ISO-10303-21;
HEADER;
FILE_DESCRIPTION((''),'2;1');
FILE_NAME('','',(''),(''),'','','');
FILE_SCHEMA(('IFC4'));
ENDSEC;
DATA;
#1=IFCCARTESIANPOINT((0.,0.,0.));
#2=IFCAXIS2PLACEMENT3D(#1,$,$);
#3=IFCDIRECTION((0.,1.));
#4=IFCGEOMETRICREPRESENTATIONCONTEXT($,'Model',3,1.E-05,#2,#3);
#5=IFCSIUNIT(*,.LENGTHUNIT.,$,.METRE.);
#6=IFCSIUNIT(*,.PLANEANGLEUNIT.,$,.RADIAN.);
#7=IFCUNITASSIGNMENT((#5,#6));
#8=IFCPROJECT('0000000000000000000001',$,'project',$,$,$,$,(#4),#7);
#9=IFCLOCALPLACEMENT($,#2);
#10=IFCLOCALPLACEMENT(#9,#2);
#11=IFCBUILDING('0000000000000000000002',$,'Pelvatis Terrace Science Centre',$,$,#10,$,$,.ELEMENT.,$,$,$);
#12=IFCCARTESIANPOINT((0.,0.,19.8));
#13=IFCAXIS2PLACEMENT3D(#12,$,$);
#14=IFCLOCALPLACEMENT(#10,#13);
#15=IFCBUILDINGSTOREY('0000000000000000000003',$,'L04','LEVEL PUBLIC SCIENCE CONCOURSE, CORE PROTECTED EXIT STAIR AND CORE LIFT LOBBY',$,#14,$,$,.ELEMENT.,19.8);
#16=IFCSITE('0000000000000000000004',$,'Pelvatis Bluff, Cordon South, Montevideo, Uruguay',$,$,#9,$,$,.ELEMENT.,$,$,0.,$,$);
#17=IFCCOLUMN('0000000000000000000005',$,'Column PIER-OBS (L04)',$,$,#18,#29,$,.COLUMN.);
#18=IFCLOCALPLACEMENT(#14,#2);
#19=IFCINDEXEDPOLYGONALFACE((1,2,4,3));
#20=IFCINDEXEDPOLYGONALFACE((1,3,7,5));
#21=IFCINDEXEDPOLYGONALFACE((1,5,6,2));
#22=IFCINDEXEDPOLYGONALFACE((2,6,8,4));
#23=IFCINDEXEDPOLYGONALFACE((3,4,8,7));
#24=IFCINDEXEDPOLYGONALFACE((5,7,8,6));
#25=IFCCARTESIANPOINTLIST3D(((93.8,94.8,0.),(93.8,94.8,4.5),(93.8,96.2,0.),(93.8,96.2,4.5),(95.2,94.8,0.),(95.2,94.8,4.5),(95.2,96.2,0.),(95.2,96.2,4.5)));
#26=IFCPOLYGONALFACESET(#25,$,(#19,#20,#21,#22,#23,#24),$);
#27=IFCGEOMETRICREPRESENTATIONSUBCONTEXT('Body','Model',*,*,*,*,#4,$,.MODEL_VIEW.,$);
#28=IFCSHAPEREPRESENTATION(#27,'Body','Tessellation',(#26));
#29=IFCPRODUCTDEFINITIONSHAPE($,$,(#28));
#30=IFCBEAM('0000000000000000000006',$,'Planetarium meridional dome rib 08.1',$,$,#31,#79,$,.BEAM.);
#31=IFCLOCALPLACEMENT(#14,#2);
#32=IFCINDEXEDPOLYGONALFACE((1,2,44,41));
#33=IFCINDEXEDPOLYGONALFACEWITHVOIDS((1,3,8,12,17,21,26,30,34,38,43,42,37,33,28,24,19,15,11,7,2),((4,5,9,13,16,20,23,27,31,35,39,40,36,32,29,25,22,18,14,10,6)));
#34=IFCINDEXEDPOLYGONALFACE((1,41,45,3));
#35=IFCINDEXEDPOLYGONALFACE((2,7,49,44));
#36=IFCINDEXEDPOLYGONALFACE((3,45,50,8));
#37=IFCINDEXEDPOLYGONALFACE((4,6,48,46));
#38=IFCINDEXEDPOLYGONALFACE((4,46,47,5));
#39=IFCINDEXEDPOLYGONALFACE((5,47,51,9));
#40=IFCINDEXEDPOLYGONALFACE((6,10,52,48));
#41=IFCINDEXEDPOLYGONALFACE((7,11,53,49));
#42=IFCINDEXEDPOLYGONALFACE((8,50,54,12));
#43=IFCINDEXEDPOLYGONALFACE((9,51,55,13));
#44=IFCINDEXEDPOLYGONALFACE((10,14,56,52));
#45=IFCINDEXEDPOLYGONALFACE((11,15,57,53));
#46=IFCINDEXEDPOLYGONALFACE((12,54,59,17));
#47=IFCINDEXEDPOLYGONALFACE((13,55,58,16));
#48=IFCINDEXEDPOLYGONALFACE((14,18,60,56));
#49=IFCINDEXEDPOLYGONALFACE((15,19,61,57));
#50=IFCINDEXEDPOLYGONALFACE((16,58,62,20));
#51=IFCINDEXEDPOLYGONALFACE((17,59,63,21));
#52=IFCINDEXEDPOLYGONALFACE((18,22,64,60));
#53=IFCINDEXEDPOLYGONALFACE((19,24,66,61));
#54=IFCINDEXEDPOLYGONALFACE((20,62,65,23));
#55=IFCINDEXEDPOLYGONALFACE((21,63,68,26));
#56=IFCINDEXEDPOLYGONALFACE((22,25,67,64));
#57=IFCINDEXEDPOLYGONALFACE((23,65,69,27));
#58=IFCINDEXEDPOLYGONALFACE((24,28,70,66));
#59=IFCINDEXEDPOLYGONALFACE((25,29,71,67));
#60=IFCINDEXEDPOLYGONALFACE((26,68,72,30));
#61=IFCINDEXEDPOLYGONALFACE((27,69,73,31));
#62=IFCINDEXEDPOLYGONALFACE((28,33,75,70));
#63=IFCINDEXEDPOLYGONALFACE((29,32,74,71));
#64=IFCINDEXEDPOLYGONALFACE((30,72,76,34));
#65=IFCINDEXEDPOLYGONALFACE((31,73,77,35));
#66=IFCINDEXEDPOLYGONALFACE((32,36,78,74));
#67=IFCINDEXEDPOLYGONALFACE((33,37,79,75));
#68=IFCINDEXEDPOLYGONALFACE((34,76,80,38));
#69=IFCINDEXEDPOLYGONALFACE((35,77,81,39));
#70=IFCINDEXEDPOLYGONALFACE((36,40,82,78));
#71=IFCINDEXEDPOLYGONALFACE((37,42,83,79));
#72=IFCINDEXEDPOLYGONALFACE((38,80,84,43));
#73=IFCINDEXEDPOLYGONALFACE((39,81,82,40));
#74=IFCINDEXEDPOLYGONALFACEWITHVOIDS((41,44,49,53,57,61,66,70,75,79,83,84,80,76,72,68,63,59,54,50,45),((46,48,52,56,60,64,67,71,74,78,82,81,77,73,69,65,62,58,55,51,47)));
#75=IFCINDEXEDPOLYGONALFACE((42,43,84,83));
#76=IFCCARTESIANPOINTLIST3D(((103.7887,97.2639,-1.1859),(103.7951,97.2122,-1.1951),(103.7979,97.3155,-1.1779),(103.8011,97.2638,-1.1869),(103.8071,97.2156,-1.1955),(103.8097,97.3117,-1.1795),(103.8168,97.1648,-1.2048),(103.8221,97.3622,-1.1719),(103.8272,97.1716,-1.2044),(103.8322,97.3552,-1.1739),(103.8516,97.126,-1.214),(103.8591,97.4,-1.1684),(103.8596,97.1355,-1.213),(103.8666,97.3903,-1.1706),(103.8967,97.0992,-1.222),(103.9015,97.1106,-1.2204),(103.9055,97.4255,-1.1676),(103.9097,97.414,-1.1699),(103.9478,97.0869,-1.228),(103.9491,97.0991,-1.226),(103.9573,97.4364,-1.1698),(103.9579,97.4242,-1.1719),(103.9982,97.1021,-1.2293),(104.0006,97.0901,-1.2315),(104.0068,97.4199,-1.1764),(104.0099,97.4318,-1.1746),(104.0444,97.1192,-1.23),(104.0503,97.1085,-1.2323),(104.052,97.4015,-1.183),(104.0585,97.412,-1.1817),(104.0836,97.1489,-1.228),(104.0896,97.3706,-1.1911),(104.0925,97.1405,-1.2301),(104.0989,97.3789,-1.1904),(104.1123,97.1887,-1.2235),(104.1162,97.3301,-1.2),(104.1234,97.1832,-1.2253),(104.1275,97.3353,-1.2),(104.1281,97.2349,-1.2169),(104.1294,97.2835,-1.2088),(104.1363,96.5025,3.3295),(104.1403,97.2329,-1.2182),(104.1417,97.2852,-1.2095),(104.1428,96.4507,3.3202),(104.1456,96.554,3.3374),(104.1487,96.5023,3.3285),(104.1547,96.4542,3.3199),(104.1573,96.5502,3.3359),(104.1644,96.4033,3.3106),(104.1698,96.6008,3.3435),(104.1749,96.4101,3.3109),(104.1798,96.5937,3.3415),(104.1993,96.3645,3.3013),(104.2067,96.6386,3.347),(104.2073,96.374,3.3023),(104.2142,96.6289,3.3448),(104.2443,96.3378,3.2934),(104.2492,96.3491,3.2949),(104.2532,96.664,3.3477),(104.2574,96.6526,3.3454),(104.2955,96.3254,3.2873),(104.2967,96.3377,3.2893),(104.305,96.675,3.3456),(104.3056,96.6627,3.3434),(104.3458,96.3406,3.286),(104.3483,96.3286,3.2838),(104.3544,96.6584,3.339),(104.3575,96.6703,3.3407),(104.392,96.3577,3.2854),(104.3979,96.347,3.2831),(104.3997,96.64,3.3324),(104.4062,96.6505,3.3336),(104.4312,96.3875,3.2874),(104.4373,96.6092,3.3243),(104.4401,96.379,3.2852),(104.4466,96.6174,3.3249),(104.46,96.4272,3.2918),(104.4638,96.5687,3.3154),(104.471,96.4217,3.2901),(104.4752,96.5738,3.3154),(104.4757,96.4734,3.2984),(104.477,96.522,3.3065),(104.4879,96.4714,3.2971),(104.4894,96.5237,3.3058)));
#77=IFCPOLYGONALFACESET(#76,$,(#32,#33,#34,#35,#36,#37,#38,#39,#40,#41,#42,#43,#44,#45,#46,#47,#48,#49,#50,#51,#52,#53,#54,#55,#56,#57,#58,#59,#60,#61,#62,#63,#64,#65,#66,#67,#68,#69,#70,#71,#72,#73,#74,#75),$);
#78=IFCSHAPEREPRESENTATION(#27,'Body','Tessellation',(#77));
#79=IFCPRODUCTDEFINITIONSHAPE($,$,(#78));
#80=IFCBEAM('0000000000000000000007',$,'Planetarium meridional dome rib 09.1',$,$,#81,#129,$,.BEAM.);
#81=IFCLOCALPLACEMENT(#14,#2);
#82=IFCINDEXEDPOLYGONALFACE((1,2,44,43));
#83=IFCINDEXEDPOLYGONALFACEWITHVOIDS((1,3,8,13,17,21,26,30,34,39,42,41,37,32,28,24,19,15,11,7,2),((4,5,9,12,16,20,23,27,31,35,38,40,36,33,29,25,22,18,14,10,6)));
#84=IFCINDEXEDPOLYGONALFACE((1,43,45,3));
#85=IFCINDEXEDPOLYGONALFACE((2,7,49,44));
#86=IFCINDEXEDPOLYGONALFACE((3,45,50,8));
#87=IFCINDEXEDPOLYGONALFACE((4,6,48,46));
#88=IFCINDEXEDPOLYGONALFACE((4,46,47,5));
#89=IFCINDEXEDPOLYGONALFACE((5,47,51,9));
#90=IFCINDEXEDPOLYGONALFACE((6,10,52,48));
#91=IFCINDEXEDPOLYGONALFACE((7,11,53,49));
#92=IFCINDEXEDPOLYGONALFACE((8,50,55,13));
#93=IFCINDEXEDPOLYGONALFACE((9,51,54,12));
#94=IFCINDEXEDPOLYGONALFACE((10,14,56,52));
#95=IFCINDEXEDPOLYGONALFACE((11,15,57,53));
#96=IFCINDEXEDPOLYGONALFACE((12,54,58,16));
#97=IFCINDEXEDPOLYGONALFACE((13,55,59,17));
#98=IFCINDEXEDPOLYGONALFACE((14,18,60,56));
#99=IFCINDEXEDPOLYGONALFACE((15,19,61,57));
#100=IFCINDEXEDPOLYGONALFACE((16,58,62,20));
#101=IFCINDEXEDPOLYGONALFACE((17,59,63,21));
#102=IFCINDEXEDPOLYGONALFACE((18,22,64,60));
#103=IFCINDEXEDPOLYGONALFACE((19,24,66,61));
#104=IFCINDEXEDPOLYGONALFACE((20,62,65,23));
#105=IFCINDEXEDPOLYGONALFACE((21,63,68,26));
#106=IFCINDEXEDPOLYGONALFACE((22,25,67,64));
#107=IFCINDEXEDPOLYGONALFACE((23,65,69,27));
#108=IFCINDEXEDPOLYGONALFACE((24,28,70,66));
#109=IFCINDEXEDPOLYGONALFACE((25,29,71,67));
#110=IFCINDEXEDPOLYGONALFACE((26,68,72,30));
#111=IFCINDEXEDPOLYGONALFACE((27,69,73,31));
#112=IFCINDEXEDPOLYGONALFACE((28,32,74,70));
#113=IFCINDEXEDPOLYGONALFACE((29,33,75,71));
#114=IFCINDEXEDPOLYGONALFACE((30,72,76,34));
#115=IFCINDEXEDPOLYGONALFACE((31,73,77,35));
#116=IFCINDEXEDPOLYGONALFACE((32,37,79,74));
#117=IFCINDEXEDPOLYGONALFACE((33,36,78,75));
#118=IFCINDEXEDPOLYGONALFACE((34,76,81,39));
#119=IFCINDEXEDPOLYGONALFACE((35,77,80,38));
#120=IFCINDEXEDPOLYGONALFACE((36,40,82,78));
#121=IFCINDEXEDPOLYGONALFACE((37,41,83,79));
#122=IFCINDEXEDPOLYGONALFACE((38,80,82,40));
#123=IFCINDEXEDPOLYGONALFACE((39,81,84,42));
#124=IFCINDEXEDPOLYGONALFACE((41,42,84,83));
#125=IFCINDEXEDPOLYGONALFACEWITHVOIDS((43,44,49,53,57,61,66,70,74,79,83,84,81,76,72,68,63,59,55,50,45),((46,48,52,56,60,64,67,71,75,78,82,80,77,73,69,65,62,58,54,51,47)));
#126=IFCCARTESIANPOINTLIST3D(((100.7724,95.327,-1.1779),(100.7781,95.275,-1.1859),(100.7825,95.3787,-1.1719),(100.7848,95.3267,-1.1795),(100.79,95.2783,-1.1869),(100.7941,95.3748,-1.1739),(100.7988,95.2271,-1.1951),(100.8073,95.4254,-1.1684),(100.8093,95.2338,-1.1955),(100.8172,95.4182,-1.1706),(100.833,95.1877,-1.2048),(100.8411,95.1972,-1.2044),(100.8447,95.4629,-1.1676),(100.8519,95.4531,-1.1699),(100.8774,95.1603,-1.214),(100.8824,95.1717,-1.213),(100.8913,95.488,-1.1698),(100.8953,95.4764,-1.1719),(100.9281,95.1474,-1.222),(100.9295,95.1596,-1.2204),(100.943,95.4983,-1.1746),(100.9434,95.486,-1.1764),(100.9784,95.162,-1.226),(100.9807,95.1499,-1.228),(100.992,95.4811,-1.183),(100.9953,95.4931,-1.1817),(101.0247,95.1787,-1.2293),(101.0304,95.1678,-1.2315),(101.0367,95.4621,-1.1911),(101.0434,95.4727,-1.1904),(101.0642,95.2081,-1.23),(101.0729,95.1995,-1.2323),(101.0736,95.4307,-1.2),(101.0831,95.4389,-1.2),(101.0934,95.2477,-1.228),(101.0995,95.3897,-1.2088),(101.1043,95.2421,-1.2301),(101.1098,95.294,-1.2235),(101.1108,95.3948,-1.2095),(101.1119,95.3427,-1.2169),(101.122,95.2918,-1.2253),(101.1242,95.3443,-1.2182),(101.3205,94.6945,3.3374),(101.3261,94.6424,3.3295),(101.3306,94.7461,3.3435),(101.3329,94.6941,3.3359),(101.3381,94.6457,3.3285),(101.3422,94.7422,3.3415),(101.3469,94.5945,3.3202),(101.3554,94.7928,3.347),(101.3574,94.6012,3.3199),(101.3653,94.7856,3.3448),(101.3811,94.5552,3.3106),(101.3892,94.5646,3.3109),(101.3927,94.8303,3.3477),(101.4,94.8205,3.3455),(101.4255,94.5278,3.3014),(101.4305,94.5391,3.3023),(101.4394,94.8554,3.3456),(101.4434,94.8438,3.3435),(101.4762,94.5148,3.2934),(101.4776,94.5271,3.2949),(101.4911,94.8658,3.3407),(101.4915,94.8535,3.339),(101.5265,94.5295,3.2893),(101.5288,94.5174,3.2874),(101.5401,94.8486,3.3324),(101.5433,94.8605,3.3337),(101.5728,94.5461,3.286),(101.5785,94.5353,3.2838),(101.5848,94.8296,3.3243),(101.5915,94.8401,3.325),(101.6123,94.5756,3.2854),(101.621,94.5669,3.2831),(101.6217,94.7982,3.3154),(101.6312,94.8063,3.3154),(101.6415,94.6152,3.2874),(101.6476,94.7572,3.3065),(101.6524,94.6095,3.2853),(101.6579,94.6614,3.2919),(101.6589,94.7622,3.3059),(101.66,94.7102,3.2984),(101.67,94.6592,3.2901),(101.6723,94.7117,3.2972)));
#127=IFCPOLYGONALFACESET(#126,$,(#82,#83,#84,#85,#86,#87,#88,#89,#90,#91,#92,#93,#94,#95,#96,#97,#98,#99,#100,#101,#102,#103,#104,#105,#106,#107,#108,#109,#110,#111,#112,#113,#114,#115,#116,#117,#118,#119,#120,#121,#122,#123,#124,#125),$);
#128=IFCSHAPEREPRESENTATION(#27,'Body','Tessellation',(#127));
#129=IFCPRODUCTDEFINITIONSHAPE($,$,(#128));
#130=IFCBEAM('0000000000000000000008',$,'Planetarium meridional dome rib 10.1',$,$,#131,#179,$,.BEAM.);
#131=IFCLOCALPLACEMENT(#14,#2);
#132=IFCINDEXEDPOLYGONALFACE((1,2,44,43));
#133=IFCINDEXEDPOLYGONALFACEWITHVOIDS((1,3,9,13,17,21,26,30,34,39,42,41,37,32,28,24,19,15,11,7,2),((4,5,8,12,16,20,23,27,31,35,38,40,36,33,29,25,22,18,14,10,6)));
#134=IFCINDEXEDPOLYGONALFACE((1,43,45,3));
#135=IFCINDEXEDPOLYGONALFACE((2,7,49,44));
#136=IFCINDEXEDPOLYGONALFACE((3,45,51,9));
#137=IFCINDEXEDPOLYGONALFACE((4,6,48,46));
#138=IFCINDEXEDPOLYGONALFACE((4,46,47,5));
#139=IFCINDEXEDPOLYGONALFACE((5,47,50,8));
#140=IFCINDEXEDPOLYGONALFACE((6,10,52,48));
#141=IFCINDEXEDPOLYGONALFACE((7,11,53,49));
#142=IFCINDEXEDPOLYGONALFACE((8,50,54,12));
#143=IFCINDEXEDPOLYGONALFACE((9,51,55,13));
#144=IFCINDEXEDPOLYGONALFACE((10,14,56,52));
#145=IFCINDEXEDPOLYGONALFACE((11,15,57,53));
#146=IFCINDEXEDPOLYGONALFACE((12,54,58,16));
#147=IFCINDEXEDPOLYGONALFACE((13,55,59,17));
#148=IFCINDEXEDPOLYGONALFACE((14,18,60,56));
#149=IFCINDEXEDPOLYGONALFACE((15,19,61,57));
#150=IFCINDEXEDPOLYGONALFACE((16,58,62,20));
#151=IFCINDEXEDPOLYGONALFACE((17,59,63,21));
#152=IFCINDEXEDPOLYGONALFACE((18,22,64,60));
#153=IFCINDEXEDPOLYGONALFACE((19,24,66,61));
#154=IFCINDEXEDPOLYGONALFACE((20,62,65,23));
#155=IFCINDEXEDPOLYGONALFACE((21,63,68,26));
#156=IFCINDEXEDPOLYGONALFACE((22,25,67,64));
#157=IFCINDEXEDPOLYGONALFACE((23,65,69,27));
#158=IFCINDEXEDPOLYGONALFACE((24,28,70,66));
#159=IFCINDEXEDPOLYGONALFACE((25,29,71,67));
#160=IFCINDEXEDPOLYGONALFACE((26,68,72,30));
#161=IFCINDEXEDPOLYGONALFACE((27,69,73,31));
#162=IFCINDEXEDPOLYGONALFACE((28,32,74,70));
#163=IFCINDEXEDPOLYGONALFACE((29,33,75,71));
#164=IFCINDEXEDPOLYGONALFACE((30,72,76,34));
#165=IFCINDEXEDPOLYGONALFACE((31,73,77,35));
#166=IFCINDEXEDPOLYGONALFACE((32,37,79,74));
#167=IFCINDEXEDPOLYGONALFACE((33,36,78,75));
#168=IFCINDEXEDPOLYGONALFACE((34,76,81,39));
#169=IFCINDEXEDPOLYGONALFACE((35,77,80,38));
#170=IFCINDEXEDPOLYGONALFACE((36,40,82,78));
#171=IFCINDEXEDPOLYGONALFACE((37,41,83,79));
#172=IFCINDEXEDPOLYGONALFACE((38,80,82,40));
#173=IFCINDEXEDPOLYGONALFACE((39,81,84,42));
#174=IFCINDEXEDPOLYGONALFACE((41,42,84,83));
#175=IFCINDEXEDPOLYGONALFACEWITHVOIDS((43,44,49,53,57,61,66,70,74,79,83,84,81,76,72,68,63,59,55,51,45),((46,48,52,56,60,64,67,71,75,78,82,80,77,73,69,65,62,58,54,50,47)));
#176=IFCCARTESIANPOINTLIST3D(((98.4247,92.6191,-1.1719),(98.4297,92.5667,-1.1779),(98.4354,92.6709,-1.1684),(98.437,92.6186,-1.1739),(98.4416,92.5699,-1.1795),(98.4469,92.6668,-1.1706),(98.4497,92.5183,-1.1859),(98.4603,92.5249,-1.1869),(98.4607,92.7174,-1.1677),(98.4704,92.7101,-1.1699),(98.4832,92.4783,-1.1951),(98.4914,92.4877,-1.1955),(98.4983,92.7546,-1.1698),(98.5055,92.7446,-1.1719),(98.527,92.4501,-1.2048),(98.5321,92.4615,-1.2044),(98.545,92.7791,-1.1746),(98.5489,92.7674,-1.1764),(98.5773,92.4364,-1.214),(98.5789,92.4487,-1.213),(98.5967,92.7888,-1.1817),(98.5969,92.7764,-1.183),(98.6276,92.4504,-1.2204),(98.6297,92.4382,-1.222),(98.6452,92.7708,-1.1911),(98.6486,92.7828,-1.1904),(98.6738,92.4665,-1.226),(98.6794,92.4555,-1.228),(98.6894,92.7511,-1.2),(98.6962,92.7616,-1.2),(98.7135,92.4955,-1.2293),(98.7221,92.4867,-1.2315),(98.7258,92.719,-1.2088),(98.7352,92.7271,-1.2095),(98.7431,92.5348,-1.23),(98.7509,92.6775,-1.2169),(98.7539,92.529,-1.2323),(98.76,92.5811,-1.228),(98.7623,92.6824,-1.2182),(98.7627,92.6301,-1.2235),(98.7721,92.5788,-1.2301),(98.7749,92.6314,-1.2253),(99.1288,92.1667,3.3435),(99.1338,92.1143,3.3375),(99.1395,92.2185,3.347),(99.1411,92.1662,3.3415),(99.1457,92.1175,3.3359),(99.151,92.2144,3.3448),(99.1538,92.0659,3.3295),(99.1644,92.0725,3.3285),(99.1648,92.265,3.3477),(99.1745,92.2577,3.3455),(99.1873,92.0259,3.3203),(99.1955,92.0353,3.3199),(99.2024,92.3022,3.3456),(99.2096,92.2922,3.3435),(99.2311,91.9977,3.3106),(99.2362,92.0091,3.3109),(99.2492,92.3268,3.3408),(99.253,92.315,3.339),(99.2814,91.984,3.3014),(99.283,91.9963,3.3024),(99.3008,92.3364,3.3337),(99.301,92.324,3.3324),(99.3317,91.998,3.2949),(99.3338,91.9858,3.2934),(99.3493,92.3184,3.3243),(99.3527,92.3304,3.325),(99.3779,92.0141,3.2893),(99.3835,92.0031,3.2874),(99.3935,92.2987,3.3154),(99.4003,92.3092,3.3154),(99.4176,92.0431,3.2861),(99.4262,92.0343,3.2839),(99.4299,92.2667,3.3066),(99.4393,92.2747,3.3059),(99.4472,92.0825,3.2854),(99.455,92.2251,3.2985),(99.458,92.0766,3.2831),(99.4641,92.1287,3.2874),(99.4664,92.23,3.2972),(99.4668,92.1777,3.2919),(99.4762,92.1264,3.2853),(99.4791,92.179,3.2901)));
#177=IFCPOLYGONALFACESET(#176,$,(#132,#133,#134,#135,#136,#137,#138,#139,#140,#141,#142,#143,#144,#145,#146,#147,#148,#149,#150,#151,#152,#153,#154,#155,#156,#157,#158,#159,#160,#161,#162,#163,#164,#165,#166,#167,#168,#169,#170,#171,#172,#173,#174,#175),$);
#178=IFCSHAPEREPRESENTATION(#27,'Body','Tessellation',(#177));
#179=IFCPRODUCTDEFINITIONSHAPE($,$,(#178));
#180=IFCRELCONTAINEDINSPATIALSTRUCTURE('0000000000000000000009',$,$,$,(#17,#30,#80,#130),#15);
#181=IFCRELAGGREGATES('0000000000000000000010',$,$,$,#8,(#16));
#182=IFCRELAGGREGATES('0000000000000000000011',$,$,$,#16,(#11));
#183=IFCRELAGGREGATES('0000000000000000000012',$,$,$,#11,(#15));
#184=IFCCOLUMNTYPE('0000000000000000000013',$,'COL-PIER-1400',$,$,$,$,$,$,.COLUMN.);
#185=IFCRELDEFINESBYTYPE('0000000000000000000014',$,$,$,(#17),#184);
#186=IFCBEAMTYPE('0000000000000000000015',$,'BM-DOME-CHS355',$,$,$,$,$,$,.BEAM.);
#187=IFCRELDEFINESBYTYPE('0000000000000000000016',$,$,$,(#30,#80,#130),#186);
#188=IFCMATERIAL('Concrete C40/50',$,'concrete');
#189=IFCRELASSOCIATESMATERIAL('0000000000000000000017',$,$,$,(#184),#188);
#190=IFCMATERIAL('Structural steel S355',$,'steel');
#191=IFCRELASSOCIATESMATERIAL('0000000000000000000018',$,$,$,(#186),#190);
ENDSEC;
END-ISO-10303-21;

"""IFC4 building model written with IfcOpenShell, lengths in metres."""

from ifc_helpers import new_model, si_unit, direction, frame, origin, origin_2d, place, context, subcontext, project, spatial, rectangle, hollow_circle, extrude, material, material_profile, profile_set, type_object, element, save


model = new_model("IFC4")

# Units and contexts
model_context = context("Model", 3, precision=1e-05, world=origin(), true_north=direction((0.0, 1.0)))
body_context = subcontext(model_context, "Body", "Model", "MODEL_VIEW")
ifc_project = project(units=[si_unit("LENGTHUNIT", "METRE"), si_unit("PLANEANGLEUNIT", "RADIAN")], contexts=[model_context])

# Site, building, storey
site_placement = place(None, origin())
site = spatial("IfcSite", under=ifc_project, at=site_placement, Name="Pelvatis Bluff, Cordon South, Montevideo, Uruguay", CompositionType="ELEMENT", RefElevation=0.0)
building_placement = place(site_placement, origin())
building = spatial("IfcBuilding", under=site, at=building_placement, Name="Pelvatis Terrace Science Centre", CompositionType="ELEMENT")
storey_placement = place(building_placement, frame((0.0, 0.0, 19.8)))
storey = spatial("IfcBuildingStorey", under=building, at=storey_placement, Name="L04", Description="LEVEL PUBLIC SCIENCE CONCOURSE, CORE PROTECTED EXIT STAIR AND CORE LIFT LOBBY", CompositionType="ELEMENT", Elevation=19.8)

# Column
ifc_material_1 = material(Name="Concrete C40/50", Category="concrete")
ifc_material_profile_1 = material_profile(ifc_material_1, rectangle(XDim=1.3999, YDim=1.3999, at=origin_2d()), Name="RC-COL 1400x1400")
ifc_profile_set_1 = profile_set([ifc_material_profile_1], Name="Concrete C40/50")
column_type = type_object("IfcColumnType", Name="COL-PIER-1400", PredefinedType="COLUMN", material=ifc_profile_set_1)
column_placement = place(storey_placement, frame((94.5, 95.5, 0.0), z_axis=(0.0, 0.0, 1.0), x_axis=(1.0, 0.0, 0.0)))
element("IfcColumn", 1, at=column_placement, inside=storey, type_object=column_type, Name="Column PIER-OBS (L04)", PredefinedType="COLUMN", context=body_context, shape_type="SweptSolid", body=[
    extrude(rectangle(XDim=1.3999, YDim=1.3999, at=origin_2d()), origin(), (0.0, 0.0, 1.0), 4.5),
])

# Beams
ifc_material_2 = material(Name="Structural steel S355", Category="steel")
ifc_material_profile_2 = material_profile(ifc_material_2, hollow_circle(Radius=0.1777, WallThickness=0.0125, at=origin_2d()), Name="CHS 355.6x12.5")
ifc_profile_set_2 = profile_set([ifc_material_profile_2], Name="Structural steel S355")
beam_type_1 = type_object("IfcBeamType", Name="BM-DOME-CHS355", PredefinedType="BEAM", material=ifc_profile_set_2)
for number, where, z_axis, x_axis, name in (
    (2, (103.9658, 97.2615, -1.2), (0.075704, -0.165815, 0.983247), (0.909676, 0.415319, 0.0), "Planetarium meridional dome rib 08.1"),
    (3, (100.9487, 95.3225, -1.2), (0.119351, -0.137745, 0.98325), (0.755766, 0.654842, 0.0), "Planetarium meridional dome rib 09.1"),
    (4, (98.6001, 92.6121, -1.2), (0.153323, -0.098511, 0.983254), (0.540551, 0.841311, 0.0), "Planetarium meridional dome rib 10.1"),
):
    element("IfcBeam", number, at=place(storey_placement, frame(where, z_axis=z_axis, x_axis=x_axis)), inside=storey, type_object=beam_type_1, Name=name, PredefinedType="BEAM", context=body_context, shape_type="SweptSolid", body=[
        extrude(hollow_circle(Radius=0.1777, WallThickness=0.0125, at=origin_2d()), origin(), (0.0, 0.0, 1.0), 4.5923),
    ])

save(model, "model.ifc")
